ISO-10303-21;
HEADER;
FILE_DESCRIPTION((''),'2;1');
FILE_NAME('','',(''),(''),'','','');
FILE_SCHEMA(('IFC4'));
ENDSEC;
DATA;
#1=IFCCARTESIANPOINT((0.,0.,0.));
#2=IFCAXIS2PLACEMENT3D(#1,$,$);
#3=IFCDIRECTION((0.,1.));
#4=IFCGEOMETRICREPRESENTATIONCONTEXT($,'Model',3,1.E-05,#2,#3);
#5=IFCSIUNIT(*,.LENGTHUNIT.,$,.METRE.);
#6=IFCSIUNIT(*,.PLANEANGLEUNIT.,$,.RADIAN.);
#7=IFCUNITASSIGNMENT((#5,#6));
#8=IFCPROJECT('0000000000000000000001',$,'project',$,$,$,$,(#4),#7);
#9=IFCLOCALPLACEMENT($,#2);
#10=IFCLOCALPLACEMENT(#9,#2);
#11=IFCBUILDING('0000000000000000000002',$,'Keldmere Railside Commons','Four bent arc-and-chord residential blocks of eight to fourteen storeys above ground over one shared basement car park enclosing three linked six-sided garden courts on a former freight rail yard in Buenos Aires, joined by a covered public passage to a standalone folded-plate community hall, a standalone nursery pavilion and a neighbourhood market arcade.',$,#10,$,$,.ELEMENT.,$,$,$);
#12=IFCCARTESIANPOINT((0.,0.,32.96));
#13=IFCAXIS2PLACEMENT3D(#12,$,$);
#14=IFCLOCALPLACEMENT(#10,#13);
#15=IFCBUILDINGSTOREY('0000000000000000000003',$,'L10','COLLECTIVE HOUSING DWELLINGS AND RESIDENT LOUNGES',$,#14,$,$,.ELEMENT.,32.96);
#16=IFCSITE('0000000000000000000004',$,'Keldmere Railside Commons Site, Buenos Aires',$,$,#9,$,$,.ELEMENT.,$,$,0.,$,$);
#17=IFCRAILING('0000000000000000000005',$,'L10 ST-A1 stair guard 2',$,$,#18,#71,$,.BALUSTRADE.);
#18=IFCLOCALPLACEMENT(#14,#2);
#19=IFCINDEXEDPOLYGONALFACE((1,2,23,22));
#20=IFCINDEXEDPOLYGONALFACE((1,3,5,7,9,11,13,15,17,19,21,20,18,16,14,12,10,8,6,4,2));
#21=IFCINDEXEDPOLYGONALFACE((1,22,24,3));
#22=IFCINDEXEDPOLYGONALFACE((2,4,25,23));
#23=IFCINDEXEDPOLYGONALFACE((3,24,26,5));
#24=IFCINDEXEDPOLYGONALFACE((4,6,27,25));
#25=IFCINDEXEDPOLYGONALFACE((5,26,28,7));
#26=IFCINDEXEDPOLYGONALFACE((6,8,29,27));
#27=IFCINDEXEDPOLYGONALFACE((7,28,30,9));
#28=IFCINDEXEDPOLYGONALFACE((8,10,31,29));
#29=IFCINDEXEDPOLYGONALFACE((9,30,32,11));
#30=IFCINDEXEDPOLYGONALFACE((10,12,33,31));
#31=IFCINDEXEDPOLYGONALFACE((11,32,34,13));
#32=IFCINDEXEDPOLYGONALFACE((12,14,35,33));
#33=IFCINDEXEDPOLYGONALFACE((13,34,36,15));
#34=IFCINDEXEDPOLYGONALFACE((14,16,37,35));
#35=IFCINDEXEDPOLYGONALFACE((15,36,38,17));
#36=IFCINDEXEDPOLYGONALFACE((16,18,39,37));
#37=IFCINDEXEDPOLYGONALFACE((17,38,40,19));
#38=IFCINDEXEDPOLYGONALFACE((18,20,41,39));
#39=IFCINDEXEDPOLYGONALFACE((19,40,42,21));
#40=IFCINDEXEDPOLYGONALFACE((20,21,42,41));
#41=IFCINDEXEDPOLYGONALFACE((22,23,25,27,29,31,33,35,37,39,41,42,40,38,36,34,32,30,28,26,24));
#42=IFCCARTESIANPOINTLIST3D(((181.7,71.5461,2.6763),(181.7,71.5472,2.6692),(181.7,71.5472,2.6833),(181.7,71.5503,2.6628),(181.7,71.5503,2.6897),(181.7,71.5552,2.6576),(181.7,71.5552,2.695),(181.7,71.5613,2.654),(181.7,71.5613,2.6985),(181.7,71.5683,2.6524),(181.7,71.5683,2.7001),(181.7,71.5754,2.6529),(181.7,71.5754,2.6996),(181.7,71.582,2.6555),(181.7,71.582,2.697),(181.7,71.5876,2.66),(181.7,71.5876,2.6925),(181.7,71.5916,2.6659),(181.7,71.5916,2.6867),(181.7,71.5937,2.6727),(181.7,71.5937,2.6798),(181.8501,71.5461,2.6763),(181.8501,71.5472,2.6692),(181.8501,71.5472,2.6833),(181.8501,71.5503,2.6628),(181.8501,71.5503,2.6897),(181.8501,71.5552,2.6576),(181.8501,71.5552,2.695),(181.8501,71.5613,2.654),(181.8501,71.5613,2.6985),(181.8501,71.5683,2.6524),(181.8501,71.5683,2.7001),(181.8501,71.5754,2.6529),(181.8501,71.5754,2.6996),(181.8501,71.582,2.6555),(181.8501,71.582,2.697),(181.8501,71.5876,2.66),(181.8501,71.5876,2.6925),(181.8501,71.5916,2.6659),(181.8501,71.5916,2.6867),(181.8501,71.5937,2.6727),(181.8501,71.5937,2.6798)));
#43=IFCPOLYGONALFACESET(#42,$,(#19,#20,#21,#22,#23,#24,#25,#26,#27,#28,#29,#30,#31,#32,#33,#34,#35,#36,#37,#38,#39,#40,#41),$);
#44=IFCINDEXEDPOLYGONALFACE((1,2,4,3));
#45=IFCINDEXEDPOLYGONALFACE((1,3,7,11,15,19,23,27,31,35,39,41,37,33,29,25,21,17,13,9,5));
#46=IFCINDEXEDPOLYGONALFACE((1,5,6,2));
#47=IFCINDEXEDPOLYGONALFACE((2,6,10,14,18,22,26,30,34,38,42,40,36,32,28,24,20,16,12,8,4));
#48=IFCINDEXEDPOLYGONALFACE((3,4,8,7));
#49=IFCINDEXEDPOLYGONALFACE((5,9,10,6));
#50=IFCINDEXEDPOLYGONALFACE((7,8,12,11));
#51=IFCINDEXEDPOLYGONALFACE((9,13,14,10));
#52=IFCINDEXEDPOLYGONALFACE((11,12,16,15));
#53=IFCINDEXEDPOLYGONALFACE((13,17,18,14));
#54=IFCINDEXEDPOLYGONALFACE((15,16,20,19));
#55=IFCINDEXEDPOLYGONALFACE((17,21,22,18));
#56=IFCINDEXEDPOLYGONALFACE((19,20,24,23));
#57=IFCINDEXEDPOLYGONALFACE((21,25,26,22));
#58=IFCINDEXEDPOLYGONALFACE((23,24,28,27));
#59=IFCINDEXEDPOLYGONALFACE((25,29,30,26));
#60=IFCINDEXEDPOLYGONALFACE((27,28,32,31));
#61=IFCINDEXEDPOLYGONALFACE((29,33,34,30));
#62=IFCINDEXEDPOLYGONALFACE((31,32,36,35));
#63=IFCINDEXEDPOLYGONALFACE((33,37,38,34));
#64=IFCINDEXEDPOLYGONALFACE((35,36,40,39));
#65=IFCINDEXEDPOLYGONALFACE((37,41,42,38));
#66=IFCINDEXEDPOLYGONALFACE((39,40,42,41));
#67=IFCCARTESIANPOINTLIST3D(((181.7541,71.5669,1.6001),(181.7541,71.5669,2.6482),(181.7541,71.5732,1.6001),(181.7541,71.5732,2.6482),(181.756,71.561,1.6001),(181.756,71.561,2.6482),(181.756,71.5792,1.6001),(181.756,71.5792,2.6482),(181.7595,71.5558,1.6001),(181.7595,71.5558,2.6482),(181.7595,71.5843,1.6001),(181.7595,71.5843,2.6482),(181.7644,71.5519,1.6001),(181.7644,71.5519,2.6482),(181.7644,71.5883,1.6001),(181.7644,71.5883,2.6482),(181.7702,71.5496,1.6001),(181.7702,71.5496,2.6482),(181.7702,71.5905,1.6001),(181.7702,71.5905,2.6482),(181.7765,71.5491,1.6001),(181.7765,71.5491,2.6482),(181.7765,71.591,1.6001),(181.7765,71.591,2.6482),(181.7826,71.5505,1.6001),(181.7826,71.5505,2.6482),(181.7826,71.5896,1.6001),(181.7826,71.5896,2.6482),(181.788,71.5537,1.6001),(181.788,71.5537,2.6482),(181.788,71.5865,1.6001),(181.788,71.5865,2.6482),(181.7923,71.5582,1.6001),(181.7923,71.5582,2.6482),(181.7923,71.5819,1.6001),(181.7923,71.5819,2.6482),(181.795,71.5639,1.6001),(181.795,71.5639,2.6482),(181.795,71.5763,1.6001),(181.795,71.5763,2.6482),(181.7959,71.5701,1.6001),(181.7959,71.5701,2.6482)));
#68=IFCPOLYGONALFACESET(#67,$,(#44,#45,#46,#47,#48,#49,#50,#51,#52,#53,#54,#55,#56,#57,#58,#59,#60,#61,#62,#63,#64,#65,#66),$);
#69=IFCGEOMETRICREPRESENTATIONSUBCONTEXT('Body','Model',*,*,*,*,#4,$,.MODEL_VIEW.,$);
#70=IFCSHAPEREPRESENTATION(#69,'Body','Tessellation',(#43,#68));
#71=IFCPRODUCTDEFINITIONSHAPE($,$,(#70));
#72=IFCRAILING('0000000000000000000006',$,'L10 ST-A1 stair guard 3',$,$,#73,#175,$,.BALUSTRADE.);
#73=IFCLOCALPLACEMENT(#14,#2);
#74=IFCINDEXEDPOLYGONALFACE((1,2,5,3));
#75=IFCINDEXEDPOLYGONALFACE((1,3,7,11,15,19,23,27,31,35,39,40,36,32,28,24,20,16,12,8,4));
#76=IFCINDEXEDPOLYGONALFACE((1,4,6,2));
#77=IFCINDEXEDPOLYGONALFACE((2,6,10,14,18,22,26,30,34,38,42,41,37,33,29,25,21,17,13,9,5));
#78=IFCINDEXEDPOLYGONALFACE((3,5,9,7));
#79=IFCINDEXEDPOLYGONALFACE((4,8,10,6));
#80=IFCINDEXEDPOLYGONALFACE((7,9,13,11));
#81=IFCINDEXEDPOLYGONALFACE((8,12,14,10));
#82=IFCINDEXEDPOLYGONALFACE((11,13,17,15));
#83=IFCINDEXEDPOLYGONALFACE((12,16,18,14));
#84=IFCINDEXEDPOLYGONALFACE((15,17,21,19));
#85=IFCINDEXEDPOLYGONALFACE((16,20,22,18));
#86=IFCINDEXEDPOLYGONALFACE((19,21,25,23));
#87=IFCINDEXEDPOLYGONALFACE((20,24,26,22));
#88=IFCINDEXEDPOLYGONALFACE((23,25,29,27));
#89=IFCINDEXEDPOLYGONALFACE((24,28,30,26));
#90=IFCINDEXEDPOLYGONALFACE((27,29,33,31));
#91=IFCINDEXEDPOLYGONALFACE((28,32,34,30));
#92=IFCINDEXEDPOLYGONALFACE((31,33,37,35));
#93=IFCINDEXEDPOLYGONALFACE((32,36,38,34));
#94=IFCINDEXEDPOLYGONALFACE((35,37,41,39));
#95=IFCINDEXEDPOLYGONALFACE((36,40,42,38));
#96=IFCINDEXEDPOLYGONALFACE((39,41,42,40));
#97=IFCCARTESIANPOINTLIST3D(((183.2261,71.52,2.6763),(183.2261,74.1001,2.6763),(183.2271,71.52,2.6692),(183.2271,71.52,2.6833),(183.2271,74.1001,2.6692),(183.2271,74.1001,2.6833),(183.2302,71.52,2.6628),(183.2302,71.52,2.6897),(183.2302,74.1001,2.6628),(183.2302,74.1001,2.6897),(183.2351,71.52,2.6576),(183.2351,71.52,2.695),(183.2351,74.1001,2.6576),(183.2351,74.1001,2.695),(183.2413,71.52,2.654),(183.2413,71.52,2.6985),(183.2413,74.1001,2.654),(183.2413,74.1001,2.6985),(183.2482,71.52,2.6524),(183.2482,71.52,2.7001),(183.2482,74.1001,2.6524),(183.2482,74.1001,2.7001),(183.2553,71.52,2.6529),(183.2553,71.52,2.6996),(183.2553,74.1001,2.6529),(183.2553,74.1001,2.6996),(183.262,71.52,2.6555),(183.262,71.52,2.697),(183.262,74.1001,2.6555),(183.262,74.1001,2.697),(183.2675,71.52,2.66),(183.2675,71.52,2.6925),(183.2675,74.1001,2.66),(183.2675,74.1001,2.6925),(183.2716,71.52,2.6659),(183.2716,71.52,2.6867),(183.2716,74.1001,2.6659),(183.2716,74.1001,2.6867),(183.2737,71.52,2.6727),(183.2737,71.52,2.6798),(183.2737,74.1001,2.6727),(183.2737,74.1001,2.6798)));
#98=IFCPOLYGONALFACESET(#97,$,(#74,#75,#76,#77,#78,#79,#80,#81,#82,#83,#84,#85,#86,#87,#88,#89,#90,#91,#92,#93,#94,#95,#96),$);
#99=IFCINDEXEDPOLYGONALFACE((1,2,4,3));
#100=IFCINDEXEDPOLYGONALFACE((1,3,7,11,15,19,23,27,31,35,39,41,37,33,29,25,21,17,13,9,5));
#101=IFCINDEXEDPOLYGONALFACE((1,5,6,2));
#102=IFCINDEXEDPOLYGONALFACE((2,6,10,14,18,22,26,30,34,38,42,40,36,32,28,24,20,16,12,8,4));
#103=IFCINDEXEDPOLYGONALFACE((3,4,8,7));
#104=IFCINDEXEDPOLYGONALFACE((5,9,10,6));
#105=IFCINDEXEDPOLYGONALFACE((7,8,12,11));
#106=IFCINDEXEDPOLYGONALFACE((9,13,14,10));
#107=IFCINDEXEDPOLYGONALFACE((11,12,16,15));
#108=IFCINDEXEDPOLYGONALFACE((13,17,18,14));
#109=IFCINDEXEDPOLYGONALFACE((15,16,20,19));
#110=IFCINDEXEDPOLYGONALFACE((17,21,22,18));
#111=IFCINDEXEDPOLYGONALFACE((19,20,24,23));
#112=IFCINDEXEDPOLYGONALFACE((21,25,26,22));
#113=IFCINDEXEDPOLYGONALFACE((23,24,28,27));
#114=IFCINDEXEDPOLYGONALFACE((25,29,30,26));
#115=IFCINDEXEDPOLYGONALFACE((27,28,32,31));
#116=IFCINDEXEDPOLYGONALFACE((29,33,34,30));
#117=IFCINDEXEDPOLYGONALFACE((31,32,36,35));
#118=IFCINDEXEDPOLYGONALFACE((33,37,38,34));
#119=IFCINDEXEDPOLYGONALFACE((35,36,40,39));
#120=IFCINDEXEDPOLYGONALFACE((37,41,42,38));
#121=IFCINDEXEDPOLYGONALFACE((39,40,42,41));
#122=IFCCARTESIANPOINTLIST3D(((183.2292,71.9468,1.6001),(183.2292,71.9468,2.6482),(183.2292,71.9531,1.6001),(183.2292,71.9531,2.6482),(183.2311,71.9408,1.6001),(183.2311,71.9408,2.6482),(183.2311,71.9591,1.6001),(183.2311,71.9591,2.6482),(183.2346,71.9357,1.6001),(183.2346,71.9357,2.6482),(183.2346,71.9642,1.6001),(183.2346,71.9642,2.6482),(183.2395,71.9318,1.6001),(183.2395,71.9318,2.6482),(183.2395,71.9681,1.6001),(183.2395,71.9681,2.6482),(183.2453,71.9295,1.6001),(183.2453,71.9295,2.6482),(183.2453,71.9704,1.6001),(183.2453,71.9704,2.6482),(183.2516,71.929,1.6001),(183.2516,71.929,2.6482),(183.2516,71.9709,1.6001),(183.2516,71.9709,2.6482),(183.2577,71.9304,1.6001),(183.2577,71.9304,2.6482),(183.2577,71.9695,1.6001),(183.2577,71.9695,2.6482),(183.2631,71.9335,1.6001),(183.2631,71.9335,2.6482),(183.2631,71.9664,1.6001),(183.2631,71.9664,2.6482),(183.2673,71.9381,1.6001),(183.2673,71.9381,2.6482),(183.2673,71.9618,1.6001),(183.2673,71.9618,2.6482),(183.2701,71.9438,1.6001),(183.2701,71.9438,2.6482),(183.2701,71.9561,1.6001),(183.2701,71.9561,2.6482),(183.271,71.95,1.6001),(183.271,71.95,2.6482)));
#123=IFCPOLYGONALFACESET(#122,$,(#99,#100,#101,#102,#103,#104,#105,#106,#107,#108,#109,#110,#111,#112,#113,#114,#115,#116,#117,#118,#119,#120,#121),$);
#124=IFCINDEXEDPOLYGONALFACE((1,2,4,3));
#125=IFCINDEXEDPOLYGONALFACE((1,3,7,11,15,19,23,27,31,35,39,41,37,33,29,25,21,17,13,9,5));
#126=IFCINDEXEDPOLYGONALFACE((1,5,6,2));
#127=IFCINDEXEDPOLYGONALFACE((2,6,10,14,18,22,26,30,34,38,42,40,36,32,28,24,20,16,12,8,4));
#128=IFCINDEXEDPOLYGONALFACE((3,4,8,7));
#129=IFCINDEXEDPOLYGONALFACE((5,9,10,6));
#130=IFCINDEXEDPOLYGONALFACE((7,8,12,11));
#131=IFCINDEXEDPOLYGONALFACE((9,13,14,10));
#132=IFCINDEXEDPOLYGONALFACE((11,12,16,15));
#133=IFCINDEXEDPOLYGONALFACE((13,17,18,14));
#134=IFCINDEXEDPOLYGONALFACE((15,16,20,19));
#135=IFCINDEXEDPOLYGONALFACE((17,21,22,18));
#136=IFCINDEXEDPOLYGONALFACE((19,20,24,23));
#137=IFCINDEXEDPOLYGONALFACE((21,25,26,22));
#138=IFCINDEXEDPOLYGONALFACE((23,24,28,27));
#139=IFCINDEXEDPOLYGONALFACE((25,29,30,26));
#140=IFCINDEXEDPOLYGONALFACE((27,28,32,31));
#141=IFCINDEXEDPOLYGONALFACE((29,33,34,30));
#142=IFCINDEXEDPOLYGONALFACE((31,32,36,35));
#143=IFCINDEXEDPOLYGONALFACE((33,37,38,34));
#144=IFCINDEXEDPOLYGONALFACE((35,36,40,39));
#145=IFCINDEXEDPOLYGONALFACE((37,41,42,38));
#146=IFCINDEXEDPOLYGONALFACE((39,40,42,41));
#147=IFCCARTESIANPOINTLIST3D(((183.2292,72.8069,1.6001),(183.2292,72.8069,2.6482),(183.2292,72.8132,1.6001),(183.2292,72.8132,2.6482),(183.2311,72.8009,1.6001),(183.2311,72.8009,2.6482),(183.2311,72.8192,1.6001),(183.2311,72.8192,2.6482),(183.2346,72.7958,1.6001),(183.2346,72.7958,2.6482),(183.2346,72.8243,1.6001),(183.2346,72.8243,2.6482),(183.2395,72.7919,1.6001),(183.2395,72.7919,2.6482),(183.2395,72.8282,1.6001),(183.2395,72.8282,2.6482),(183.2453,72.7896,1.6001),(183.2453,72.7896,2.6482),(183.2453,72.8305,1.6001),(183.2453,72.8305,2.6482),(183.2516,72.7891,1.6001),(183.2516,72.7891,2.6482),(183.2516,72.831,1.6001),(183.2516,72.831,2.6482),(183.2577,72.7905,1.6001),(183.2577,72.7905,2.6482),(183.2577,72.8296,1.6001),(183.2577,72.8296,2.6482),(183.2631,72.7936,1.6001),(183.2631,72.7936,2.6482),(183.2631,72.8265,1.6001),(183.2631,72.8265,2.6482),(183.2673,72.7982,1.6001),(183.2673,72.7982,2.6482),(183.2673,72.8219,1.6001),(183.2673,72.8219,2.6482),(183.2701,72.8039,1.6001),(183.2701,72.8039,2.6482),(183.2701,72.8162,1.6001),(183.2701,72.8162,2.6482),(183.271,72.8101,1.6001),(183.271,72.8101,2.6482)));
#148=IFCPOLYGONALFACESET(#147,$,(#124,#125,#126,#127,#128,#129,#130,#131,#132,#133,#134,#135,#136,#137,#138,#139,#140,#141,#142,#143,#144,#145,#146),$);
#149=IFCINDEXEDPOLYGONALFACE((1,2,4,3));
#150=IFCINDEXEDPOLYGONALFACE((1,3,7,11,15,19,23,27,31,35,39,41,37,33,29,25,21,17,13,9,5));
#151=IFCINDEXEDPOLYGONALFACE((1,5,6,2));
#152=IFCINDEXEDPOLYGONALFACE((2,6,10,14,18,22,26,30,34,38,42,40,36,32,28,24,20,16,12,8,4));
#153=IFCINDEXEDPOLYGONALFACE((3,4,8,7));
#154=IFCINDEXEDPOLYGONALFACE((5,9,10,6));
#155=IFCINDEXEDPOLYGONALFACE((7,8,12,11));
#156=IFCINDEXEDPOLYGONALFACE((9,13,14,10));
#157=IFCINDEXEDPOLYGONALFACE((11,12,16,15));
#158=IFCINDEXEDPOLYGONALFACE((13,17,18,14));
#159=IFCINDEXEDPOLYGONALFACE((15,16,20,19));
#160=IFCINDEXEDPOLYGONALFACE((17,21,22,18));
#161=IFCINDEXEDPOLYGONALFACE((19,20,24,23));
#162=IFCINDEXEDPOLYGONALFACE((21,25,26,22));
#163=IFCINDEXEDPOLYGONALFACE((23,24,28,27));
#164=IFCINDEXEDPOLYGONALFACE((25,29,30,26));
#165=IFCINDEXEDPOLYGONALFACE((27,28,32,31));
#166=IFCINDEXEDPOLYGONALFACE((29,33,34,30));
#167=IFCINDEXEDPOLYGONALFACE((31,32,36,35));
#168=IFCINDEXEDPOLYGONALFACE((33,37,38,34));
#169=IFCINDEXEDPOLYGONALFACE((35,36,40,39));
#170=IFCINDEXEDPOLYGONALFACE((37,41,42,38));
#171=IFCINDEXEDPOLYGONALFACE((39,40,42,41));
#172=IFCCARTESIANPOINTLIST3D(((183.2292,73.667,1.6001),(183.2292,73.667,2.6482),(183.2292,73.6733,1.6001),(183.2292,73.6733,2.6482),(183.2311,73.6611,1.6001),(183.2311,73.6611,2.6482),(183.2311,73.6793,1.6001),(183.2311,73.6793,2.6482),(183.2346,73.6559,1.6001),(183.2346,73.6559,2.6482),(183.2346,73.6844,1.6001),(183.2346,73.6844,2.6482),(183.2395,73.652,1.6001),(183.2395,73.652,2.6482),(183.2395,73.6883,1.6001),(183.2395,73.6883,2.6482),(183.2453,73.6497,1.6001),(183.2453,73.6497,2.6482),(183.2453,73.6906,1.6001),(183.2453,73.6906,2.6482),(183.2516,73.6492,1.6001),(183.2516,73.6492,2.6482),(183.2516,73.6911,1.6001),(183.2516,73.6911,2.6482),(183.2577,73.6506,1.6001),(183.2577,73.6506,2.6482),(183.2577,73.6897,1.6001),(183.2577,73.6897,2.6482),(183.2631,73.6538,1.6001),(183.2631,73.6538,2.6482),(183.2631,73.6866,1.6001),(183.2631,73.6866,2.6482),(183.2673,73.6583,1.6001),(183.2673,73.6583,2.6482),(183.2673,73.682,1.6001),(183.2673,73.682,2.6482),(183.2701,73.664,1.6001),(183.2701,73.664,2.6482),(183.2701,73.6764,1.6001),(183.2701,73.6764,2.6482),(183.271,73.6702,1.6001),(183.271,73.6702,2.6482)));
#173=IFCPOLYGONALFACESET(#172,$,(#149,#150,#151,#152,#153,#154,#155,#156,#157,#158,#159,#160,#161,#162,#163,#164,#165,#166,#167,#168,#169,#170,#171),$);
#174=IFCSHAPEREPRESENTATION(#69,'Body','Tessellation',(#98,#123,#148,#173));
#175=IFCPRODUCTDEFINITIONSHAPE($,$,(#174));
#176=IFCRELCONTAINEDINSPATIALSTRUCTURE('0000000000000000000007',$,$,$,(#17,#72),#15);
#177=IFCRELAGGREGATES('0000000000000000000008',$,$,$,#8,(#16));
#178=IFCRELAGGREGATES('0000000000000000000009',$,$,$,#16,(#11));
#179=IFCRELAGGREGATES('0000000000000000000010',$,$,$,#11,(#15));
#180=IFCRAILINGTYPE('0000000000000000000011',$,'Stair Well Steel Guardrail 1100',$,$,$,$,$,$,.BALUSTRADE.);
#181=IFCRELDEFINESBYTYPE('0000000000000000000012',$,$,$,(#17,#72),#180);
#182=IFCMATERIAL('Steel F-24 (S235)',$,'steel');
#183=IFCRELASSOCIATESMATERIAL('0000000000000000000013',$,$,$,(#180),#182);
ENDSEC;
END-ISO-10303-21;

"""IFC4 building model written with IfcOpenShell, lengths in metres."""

from ifc_helpers import new_model, si_unit, direction, frame, origin, origin_2d, place, context, subcontext, project, spatial, circle, extrude, material, type_object, element, save


model = new_model("IFC4")

# Units and contexts
model_context = context("Model", 3, precision=1e-05, world=origin(), true_north=direction((0.0, 1.0)))
body_context = subcontext(model_context, "Body", "Model", "MODEL_VIEW")
ifc_project = project(units=[si_unit("LENGTHUNIT", "METRE"), si_unit("PLANEANGLEUNIT", "RADIAN")], contexts=[model_context])

# Site, building, storey
site_placement = place(None, origin())
site = spatial("IfcSite", under=ifc_project, at=site_placement, Name="Keldmere Railside Commons Site, Buenos Aires", CompositionType="ELEMENT", RefElevation=0.0)
building_placement = place(site_placement, origin())
building = spatial("IfcBuilding", under=site, at=building_placement, Name="Keldmere Railside Commons", Description="Four bent arc-and-chord residential blocks of eight to fourteen storeys above ground over one shared basement car park enclosing three linked six-sided garden courts on a former freight rail yard in Buenos Aires, joined by a covered public passage to a standalone folded-plate community hall, a standalone nursery pavilion and a neighbourhood market arcade.", CompositionType="ELEMENT")
storey_placement = place(building_placement, frame((0.0, 0.0, 32.96)))
storey = spatial("IfcBuildingStorey", under=building, at=storey_placement, Name="L10", Description="COLLECTIVE HOUSING DWELLINGS AND RESIDENT LOUNGES", CompositionType="ELEMENT", Elevation=32.96)

# Shared definitions
ifc_material_1 = material(Name="Steel F-24 (S235)", Category="steel")

# Railings
railing_type_1 = type_object("IfcRailingType", Name="Stair Well Steel Guardrail 1100", PredefinedType="BALUSTRADE", material=ifc_material_1)
railing_1_placement = place(storey_placement, frame((181.8501, 71.5701, 1.6001)))
element("IfcRailing", 1, at=railing_1_placement, inside=storey, type_object=railing_type_1, Name="L10 ST-A1 stair guard 2", PredefinedType="BALUSTRADE", context=body_context, shape_type="SweptSolid", body=[
    extrude(circle(Radius=0.0239, at=origin_2d()), frame((0.0, 0.0, 1.0762), z_axis=(-1.0, 0.0, 0.0), x_axis=(0.0, -1.0, 0.0)), (0.0, 0.0, 1.0), 0.1501),
    extrude(circle(Radius=0.021, at=origin_2d()), frame((-0.0752, 0.0, 0.0)), (0.0, 0.0, 1.0), 1.0481),
])
for number, where, name in (
    (2, (183.25, 71.52, 1.6001), "L10 ST-A1 stair guard 3"),
):
    element("IfcRailing", number, at=place(storey_placement, frame(where)), inside=storey, type_object=railing_type_1, Name=name, PredefinedType="BALUSTRADE", context=body_context, shape_type="SweptSolid", body=[
        extrude(circle(Radius=0.0239, at=origin_2d()), frame((0.0, 0.0, 1.0762), z_axis=(0.0, 1.0, 0.0), x_axis=(-1.0, 0.0, 0.0)), (0.0, 0.0, 1.0), 2.5801),
        extrude(circle(Radius=0.021, at=origin_2d()), frame((0.0, 0.4299, 0.0)), (0.0, 0.0, 1.0), 1.0481),
        extrude(circle(Radius=0.021, at=origin_2d()), frame((0.0, 1.29, 0.0)), (0.0, 0.0, 1.0), 1.0481),
        extrude(circle(Radius=0.021, at=origin_2d()), frame((0.0, 2.1501, 0.0)), (0.0, 0.0, 1.0), 1.0481),
    ])

save(model, "model.ifc")
